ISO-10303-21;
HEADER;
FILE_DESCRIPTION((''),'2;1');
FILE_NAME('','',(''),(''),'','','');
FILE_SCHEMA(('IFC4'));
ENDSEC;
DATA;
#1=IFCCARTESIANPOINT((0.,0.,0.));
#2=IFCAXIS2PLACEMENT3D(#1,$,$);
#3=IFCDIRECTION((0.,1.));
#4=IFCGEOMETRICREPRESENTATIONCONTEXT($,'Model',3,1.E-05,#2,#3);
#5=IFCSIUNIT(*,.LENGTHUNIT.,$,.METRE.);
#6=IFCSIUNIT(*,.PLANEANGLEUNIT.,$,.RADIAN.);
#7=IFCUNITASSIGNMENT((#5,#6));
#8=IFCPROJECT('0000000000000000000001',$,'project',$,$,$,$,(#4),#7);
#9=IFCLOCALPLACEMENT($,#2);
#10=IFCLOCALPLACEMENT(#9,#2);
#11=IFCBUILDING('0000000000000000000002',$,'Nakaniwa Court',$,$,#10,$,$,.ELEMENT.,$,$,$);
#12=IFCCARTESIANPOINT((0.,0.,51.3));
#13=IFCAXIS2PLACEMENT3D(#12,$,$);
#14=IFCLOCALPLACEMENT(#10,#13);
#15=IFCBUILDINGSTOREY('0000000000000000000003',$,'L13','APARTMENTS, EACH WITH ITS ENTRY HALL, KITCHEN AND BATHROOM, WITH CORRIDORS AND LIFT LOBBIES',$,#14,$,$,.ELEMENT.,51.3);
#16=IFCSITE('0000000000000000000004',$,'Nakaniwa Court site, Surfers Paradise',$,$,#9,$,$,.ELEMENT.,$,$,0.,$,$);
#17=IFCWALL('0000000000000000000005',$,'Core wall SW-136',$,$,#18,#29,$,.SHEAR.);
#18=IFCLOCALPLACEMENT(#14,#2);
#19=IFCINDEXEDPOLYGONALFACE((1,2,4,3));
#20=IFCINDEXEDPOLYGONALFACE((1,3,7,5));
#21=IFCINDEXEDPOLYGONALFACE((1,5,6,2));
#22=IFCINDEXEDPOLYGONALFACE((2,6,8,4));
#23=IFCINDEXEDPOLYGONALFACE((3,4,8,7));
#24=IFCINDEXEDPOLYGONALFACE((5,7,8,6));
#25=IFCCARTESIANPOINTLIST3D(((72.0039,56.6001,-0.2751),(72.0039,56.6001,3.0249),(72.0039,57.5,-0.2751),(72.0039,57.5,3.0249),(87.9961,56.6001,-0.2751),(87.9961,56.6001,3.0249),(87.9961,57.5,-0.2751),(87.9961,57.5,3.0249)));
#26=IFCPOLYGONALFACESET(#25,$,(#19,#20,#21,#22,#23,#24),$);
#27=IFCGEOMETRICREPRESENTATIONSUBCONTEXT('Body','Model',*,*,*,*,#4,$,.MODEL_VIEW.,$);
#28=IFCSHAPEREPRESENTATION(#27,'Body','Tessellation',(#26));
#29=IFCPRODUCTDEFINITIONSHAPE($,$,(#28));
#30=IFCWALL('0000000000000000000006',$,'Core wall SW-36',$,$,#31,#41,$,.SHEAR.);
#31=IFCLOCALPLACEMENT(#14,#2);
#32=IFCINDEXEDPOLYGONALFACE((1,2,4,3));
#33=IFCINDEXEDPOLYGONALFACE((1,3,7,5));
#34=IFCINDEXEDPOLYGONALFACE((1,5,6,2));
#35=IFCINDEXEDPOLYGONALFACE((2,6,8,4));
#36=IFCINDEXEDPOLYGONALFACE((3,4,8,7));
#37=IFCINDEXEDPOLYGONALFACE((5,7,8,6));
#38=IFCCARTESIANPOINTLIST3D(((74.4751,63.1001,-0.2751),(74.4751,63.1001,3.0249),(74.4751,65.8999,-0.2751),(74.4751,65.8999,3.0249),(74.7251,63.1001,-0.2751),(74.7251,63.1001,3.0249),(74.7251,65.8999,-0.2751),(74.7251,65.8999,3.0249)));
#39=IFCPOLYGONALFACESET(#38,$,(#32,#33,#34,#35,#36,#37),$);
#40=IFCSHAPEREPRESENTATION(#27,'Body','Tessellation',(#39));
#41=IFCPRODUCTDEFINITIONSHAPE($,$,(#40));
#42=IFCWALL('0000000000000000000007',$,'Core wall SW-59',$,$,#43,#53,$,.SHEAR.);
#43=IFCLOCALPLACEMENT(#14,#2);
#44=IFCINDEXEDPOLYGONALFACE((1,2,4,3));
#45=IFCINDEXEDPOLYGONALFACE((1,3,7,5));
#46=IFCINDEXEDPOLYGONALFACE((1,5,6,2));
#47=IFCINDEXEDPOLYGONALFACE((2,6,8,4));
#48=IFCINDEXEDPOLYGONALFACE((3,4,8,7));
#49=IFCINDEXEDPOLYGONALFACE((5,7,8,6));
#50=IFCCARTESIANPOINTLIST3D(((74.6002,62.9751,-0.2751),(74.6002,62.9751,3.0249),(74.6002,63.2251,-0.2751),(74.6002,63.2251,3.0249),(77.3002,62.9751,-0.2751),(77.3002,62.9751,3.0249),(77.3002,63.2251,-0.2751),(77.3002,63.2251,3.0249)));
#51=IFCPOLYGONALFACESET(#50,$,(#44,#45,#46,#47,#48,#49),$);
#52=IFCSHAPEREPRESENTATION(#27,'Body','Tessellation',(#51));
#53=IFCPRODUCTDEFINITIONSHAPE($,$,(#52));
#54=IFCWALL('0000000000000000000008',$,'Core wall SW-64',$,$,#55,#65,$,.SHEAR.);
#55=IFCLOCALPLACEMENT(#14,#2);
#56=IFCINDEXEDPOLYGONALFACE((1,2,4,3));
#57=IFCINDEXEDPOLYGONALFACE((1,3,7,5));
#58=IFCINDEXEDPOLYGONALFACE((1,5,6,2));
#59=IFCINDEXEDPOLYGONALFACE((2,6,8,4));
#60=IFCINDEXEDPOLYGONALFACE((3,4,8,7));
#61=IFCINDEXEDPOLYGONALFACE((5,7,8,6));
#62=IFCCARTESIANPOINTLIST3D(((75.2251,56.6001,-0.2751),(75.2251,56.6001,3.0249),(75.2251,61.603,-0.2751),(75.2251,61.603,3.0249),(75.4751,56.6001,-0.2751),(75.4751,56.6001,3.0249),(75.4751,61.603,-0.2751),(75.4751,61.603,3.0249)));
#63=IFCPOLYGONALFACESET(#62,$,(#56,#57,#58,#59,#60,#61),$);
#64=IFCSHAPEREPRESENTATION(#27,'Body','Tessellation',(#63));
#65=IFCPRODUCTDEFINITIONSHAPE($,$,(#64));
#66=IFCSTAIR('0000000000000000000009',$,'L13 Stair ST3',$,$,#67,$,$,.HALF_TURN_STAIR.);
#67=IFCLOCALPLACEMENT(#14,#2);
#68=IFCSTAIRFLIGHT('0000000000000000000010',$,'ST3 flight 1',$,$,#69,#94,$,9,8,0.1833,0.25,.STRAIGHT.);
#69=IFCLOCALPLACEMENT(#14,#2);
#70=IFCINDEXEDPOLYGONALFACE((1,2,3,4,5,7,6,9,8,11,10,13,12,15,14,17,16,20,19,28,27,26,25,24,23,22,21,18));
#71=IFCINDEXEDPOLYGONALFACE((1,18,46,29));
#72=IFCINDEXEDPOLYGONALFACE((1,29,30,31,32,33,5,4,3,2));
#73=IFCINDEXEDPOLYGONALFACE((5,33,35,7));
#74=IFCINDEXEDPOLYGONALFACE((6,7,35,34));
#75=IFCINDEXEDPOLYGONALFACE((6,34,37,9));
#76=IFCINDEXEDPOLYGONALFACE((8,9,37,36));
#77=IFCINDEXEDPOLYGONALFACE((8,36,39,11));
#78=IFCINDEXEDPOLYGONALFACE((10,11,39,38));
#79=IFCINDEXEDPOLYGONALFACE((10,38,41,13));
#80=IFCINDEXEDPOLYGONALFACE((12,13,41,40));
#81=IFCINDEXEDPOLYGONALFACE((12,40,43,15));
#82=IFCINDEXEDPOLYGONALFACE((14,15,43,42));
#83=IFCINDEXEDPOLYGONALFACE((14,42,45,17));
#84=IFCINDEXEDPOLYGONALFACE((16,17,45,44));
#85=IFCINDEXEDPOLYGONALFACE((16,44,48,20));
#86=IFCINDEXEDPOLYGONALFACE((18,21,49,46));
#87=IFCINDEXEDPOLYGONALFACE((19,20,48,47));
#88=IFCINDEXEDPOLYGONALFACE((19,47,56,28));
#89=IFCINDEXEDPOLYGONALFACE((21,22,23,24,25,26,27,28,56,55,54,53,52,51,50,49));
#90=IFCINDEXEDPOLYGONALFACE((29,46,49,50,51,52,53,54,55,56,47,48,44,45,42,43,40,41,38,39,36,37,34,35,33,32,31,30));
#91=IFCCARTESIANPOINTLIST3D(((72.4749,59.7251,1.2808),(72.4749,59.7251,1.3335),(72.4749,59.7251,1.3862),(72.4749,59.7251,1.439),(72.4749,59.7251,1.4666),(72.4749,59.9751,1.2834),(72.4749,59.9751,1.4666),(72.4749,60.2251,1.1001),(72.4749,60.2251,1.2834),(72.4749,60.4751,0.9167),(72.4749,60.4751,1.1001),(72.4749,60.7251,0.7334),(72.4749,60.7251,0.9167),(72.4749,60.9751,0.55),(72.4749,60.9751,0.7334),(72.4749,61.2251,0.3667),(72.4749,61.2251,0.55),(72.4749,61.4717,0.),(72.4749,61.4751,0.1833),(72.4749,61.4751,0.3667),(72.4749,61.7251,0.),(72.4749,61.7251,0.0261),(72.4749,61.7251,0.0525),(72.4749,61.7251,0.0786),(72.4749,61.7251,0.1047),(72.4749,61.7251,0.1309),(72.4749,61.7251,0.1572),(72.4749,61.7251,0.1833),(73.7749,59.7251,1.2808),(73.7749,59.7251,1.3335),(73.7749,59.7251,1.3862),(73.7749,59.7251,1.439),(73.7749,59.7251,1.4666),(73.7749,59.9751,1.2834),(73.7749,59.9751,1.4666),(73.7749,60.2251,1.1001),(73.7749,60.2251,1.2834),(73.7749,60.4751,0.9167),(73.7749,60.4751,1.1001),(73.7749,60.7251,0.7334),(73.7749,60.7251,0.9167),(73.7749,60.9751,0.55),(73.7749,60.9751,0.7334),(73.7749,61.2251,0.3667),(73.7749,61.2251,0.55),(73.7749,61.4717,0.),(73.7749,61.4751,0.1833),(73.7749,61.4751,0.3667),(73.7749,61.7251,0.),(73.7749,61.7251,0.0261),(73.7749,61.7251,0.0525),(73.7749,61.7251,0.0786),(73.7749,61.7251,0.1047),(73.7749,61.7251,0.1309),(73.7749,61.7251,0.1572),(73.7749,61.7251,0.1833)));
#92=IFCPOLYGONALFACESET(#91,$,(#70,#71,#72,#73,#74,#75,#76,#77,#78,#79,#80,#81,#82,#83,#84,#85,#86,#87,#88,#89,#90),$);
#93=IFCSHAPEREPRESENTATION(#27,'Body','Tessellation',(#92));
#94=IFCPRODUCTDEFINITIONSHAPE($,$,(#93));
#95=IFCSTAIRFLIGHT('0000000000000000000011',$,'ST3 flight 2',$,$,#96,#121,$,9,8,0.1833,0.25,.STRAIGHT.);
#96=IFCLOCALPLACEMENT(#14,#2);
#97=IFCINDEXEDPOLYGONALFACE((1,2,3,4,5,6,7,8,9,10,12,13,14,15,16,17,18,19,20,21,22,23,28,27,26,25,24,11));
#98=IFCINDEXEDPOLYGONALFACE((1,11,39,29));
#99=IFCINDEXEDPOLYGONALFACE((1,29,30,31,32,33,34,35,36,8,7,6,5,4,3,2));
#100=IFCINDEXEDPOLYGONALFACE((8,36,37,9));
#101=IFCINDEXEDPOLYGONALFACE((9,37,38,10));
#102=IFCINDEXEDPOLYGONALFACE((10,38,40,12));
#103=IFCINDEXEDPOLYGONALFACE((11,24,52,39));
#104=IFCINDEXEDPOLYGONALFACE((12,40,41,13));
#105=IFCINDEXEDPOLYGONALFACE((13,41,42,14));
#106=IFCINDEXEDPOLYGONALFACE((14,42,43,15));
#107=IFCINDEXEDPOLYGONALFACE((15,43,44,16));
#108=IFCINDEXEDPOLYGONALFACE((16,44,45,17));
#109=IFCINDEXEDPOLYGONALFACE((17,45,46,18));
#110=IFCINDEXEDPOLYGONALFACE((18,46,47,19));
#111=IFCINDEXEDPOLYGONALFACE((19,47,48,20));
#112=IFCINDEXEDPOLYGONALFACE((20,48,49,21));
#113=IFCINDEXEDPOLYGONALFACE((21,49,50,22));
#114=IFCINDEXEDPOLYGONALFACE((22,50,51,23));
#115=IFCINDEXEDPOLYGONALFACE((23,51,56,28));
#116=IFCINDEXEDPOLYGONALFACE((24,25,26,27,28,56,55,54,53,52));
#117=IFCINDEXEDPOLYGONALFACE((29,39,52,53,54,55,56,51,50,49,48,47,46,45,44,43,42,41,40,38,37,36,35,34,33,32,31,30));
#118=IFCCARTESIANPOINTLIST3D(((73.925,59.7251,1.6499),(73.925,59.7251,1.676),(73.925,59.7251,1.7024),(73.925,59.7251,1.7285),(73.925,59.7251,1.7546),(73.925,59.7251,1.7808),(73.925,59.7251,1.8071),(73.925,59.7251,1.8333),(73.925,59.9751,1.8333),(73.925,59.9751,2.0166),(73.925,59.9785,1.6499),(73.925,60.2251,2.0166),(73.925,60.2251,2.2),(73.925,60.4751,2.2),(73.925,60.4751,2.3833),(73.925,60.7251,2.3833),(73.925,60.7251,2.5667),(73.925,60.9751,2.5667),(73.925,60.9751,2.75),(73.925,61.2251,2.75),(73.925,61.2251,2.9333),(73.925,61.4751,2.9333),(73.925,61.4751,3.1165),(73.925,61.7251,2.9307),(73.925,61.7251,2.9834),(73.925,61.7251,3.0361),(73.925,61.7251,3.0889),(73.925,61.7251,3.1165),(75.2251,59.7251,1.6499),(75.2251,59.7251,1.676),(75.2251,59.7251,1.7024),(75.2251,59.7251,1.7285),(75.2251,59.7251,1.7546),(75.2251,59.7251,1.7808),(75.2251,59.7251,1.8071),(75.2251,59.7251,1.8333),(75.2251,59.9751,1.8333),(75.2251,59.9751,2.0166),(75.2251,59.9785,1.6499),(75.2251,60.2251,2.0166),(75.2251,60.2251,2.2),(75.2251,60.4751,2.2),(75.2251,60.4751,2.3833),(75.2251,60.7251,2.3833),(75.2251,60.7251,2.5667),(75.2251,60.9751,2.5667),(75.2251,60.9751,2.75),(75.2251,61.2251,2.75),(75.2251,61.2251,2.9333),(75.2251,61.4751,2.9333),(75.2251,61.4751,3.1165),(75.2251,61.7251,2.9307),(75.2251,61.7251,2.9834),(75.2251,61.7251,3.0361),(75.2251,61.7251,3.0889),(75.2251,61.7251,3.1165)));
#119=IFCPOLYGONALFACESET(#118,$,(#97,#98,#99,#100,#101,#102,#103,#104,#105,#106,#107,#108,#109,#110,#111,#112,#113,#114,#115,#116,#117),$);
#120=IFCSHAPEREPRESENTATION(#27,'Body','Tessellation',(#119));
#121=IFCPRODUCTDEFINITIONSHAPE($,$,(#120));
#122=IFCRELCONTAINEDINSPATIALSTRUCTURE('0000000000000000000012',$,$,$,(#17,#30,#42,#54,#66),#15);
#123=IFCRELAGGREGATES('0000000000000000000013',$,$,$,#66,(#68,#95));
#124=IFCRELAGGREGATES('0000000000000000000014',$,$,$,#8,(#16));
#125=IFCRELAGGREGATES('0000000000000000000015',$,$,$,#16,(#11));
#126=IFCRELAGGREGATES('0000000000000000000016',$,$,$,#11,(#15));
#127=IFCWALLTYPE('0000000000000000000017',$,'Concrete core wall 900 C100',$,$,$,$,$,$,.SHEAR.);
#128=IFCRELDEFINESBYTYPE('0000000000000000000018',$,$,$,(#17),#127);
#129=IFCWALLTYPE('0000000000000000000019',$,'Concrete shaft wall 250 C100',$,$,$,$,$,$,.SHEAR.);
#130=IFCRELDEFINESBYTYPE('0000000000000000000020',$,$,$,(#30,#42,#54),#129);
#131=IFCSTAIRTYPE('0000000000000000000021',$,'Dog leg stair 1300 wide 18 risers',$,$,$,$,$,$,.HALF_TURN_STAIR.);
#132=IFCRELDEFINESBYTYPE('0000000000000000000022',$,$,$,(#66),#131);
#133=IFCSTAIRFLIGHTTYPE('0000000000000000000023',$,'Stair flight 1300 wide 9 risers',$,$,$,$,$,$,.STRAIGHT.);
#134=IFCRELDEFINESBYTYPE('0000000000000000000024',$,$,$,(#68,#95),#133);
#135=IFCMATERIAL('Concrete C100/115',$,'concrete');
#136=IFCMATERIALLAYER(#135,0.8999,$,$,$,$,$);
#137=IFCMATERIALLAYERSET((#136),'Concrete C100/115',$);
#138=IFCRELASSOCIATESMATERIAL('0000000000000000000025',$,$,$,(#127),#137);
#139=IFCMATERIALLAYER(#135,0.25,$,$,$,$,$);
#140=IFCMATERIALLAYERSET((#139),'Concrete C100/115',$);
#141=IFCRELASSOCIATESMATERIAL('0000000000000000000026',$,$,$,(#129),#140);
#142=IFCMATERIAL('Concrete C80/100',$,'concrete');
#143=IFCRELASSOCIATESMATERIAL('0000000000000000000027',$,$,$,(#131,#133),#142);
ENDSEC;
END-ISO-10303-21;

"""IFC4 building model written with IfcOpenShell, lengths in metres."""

from ifc_helpers import new_model, si_unit, direction, frame, frame_2d, origin, place, context, subcontext, project, spatial, polyline, rectangle, outline, extrude, material, layer, layer_set, type_object, element, aggregate, save


model = new_model("IFC4")

# Units and contexts
model_context = context("Model", 3, precision=1e-05, world=origin(), true_north=direction((0.0, 1.0)))
body_context = subcontext(model_context, "Body", "Model", "MODEL_VIEW")
ifc_project = project(units=[si_unit("LENGTHUNIT", "METRE"), si_unit("PLANEANGLEUNIT", "RADIAN")], contexts=[model_context])

# Site, building, storey
site_placement = place(None, origin())
site = spatial("IfcSite", under=ifc_project, at=site_placement, Name="Nakaniwa Court site, Surfers Paradise", CompositionType="ELEMENT", RefElevation=0.0)
building_placement = place(site_placement, origin())
building = spatial("IfcBuilding", under=site, at=building_placement, Name="Nakaniwa Court", CompositionType="ELEMENT")
storey_placement = place(building_placement, frame((0.0, 0.0, 51.3)))
storey = spatial("IfcBuildingStorey", under=building, at=storey_placement, Name="L13", Description="APARTMENTS, EACH WITH ITS ENTRY HALL, KITCHEN AND BATHROOM, WITH CORRIDORS AND LIFT LOBBIES", CompositionType="ELEMENT", Elevation=51.3)

# Shared definitions
ifc_material_1 = material(Name="Concrete C80/100", Category="concrete")

# Shared definitions
ifc_material_2 = material(Name="Concrete C100/115", Category="concrete")

# Walls
ifc_layer_1 = layer(ifc_material_2, 0.8999)
ifc_layer_set_1 = layer_set([ifc_layer_1], Name="Concrete C100/115")
wall_type_1 = type_object("IfcWallType", Name="Concrete core wall 900 C100", PredefinedType="SHEAR", material=ifc_layer_set_1)
wall_1_placement = place(storey_placement, frame((72.0039, 57.05, -0.2751), z_axis=(0.0, 0.0, 1.0), x_axis=(1.0, 0.0, 0.0)))
element("IfcWall", 1, at=wall_1_placement, inside=storey, type_object=wall_type_1, Name="Core wall SW-136", PredefinedType="SHEAR", context=body_context, shape_type="SweptSolid", body=[
    extrude(rectangle(XDim=15.9922, YDim=0.8999, at=frame_2d((7.9961, 0.0))), origin(), (0.0, 0.0, 1.0), 3.3),
])
ifc_layer_2 = layer(ifc_material_2, 0.25)
ifc_layer_set_2 = layer_set([ifc_layer_2], Name="Concrete C100/115")
wall_type_2 = type_object("IfcWallType", Name="Concrete shaft wall 250 C100", PredefinedType="SHEAR", material=ifc_layer_set_2)
wall_2_placement = place(storey_placement, frame((74.6001, 63.1001, -0.2751), z_axis=(0.0, 0.0, 1.0), x_axis=(0.0, 1.0, 0.0)))
element("IfcWall", 2, at=wall_2_placement, inside=storey, type_object=wall_type_2, Name="Core wall SW-36", PredefinedType="SHEAR", context=body_context, shape_type="SweptSolid", body=[
    extrude(rectangle(XDim=2.7998, YDim=0.25, at=frame_2d((1.3999, 0.0))), origin(), (0.0, 0.0, 1.0), 3.3),
])
wall_3_placement = place(storey_placement, frame((74.6001, 63.1001, -0.2751), z_axis=(0.0, 0.0, 1.0), x_axis=(1.0, 0.0, 0.0)))
element("IfcWall", 3, at=wall_3_placement, inside=storey, type_object=wall_type_2, Name="Core wall SW-59", PredefinedType="SHEAR", context=body_context, shape_type="SweptSolid", body=[
    extrude(rectangle(XDim=2.7, YDim=0.25, at=frame_2d((1.3501, 0.0))), origin(), (0.0, 0.0, 1.0), 3.3),
])
wall_4_placement = place(storey_placement, frame((75.3501, 56.6001, -0.2751), z_axis=(0.0, 0.0, 1.0), x_axis=(0.0, 1.0, 0.0)))
element("IfcWall", 4, at=wall_4_placement, inside=storey, type_object=wall_type_2, Name="Core wall SW-64", PredefinedType="SHEAR", context=body_context, shape_type="SweptSolid", body=[
    extrude(rectangle(XDim=5.0029, YDim=0.25, at=frame_2d((2.5015, 0.0))), origin(), (0.0, 0.0, 1.0), 3.3),
])

# Stair, stair flights
stair_type = type_object("IfcStairType", Name="Dog leg stair 1300 wide 18 risers", PredefinedType="HALF_TURN_STAIR", material=ifc_material_1)
stair_placement = place(storey_placement, origin())
stair = element("IfcStair", 5, at=stair_placement, inside=storey, type_object=stair_type, Name="L13 Stair ST3", PredefinedType="HALF_TURN_STAIR")
stair_flight_type = type_object("IfcStairFlightType", Name="Stair flight 1300 wide 9 risers", PredefinedType="STRAIGHT", material=ifc_material_1)
stair_flight_1_placement = place(storey_placement, frame((73.125, 61.7251, 0.0), z_axis=(0.0, 0.0, 1.0), x_axis=(0.0, -1.0, 0.0)))
stair_flight_1 = element("IfcStairFlight", 6, at=stair_flight_1_placement, type_object=stair_flight_type, Name="ST3 flight 1", NumberOfRisers=9, NumberOfTreads=8, PredefinedType="STRAIGHT", RiserHeight=0.1833, TreadLength=0.25, context=body_context, shape_type="SweptSolid", body=[
    extrude(outline(polyline([(0.0, 0.0), (0.0, 0.0261), (0.0, 0.0525), (0.0, 0.0786), (0.0, 0.1047), (0.0, 0.1309), (0.0, 0.1572), (0.0, 0.1833), (0.25, 0.1833), (0.25, 0.3667), (0.5, 0.3667), (0.5, 0.55), (0.75, 0.55), (0.75, 0.7334), (1.0, 0.7334), (1.0, 0.9167), (1.25, 0.9167), (1.25, 1.1001), (1.5, 1.1001), (1.5, 1.2834), (1.75, 1.2834), (1.75, 1.4666), (2.0, 1.4666), (2.0, 1.6499), (2.0, 1.5972), (2.0, 1.5444), (2.0, 1.4917), (2.0, 1.439), (2.0, 1.3862), (2.0, 1.3335), (2.0, 1.2808), (0.2534, 0.0), (0.0, 0.0)])), frame((0.0, 0.6499, 0.0), z_axis=(0.0, -1.0, 0.0), x_axis=(1.0, 0.0, 0.0)), (0.0, 0.0, 1.0), 1.3),
])
stair_flight_2_placement = place(storey_placement, frame((74.575, 59.7251, 1.6499), z_axis=(0.0, 0.0, 1.0), x_axis=(0.0, 1.0, 0.0)))
stair_flight_2 = element("IfcStairFlight", 7, at=stair_flight_2_placement, type_object=stair_flight_type, Name="ST3 flight 2", NumberOfRisers=9, NumberOfTreads=8, PredefinedType="STRAIGHT", RiserHeight=0.1833, TreadLength=0.25, context=body_context, shape_type="SweptSolid", body=[
    extrude(outline(polyline([(0.0, 0.0), (0.0, 0.0261), (0.0, 0.0525), (0.0, 0.0786), (0.0, 0.1047), (0.0, 0.1309), (0.0, 0.1572), (0.0, 0.1833), (0.25, 0.1833), (0.25, 0.3667), (0.5, 0.3667), (0.5, 0.55), (0.75, 0.55), (0.75, 0.7334), (1.0, 0.7334), (1.0, 0.9167), (1.25, 0.9167), (1.25, 1.1001), (1.5, 1.1001), (1.5, 1.2834), (1.75, 1.2834), (1.75, 1.4666), (2.0, 1.4666), (2.0, 1.6499), (2.0, 1.5972), (2.0, 1.5444), (2.0, 1.4917), (2.0, 1.439), (2.0, 1.3862), (2.0, 1.3335), (2.0, 1.2808), (0.2534, 0.0), (0.0, 0.0)])), frame((0.0, 0.6499, 0.0), z_axis=(0.0, -1.0, 0.0), x_axis=(1.0, 0.0, 0.0)), (0.0, 0.0, 1.0), 1.3),
])
aggregate(stair, [stair_flight_1, stair_flight_2])

save(model, "model.ifc")
